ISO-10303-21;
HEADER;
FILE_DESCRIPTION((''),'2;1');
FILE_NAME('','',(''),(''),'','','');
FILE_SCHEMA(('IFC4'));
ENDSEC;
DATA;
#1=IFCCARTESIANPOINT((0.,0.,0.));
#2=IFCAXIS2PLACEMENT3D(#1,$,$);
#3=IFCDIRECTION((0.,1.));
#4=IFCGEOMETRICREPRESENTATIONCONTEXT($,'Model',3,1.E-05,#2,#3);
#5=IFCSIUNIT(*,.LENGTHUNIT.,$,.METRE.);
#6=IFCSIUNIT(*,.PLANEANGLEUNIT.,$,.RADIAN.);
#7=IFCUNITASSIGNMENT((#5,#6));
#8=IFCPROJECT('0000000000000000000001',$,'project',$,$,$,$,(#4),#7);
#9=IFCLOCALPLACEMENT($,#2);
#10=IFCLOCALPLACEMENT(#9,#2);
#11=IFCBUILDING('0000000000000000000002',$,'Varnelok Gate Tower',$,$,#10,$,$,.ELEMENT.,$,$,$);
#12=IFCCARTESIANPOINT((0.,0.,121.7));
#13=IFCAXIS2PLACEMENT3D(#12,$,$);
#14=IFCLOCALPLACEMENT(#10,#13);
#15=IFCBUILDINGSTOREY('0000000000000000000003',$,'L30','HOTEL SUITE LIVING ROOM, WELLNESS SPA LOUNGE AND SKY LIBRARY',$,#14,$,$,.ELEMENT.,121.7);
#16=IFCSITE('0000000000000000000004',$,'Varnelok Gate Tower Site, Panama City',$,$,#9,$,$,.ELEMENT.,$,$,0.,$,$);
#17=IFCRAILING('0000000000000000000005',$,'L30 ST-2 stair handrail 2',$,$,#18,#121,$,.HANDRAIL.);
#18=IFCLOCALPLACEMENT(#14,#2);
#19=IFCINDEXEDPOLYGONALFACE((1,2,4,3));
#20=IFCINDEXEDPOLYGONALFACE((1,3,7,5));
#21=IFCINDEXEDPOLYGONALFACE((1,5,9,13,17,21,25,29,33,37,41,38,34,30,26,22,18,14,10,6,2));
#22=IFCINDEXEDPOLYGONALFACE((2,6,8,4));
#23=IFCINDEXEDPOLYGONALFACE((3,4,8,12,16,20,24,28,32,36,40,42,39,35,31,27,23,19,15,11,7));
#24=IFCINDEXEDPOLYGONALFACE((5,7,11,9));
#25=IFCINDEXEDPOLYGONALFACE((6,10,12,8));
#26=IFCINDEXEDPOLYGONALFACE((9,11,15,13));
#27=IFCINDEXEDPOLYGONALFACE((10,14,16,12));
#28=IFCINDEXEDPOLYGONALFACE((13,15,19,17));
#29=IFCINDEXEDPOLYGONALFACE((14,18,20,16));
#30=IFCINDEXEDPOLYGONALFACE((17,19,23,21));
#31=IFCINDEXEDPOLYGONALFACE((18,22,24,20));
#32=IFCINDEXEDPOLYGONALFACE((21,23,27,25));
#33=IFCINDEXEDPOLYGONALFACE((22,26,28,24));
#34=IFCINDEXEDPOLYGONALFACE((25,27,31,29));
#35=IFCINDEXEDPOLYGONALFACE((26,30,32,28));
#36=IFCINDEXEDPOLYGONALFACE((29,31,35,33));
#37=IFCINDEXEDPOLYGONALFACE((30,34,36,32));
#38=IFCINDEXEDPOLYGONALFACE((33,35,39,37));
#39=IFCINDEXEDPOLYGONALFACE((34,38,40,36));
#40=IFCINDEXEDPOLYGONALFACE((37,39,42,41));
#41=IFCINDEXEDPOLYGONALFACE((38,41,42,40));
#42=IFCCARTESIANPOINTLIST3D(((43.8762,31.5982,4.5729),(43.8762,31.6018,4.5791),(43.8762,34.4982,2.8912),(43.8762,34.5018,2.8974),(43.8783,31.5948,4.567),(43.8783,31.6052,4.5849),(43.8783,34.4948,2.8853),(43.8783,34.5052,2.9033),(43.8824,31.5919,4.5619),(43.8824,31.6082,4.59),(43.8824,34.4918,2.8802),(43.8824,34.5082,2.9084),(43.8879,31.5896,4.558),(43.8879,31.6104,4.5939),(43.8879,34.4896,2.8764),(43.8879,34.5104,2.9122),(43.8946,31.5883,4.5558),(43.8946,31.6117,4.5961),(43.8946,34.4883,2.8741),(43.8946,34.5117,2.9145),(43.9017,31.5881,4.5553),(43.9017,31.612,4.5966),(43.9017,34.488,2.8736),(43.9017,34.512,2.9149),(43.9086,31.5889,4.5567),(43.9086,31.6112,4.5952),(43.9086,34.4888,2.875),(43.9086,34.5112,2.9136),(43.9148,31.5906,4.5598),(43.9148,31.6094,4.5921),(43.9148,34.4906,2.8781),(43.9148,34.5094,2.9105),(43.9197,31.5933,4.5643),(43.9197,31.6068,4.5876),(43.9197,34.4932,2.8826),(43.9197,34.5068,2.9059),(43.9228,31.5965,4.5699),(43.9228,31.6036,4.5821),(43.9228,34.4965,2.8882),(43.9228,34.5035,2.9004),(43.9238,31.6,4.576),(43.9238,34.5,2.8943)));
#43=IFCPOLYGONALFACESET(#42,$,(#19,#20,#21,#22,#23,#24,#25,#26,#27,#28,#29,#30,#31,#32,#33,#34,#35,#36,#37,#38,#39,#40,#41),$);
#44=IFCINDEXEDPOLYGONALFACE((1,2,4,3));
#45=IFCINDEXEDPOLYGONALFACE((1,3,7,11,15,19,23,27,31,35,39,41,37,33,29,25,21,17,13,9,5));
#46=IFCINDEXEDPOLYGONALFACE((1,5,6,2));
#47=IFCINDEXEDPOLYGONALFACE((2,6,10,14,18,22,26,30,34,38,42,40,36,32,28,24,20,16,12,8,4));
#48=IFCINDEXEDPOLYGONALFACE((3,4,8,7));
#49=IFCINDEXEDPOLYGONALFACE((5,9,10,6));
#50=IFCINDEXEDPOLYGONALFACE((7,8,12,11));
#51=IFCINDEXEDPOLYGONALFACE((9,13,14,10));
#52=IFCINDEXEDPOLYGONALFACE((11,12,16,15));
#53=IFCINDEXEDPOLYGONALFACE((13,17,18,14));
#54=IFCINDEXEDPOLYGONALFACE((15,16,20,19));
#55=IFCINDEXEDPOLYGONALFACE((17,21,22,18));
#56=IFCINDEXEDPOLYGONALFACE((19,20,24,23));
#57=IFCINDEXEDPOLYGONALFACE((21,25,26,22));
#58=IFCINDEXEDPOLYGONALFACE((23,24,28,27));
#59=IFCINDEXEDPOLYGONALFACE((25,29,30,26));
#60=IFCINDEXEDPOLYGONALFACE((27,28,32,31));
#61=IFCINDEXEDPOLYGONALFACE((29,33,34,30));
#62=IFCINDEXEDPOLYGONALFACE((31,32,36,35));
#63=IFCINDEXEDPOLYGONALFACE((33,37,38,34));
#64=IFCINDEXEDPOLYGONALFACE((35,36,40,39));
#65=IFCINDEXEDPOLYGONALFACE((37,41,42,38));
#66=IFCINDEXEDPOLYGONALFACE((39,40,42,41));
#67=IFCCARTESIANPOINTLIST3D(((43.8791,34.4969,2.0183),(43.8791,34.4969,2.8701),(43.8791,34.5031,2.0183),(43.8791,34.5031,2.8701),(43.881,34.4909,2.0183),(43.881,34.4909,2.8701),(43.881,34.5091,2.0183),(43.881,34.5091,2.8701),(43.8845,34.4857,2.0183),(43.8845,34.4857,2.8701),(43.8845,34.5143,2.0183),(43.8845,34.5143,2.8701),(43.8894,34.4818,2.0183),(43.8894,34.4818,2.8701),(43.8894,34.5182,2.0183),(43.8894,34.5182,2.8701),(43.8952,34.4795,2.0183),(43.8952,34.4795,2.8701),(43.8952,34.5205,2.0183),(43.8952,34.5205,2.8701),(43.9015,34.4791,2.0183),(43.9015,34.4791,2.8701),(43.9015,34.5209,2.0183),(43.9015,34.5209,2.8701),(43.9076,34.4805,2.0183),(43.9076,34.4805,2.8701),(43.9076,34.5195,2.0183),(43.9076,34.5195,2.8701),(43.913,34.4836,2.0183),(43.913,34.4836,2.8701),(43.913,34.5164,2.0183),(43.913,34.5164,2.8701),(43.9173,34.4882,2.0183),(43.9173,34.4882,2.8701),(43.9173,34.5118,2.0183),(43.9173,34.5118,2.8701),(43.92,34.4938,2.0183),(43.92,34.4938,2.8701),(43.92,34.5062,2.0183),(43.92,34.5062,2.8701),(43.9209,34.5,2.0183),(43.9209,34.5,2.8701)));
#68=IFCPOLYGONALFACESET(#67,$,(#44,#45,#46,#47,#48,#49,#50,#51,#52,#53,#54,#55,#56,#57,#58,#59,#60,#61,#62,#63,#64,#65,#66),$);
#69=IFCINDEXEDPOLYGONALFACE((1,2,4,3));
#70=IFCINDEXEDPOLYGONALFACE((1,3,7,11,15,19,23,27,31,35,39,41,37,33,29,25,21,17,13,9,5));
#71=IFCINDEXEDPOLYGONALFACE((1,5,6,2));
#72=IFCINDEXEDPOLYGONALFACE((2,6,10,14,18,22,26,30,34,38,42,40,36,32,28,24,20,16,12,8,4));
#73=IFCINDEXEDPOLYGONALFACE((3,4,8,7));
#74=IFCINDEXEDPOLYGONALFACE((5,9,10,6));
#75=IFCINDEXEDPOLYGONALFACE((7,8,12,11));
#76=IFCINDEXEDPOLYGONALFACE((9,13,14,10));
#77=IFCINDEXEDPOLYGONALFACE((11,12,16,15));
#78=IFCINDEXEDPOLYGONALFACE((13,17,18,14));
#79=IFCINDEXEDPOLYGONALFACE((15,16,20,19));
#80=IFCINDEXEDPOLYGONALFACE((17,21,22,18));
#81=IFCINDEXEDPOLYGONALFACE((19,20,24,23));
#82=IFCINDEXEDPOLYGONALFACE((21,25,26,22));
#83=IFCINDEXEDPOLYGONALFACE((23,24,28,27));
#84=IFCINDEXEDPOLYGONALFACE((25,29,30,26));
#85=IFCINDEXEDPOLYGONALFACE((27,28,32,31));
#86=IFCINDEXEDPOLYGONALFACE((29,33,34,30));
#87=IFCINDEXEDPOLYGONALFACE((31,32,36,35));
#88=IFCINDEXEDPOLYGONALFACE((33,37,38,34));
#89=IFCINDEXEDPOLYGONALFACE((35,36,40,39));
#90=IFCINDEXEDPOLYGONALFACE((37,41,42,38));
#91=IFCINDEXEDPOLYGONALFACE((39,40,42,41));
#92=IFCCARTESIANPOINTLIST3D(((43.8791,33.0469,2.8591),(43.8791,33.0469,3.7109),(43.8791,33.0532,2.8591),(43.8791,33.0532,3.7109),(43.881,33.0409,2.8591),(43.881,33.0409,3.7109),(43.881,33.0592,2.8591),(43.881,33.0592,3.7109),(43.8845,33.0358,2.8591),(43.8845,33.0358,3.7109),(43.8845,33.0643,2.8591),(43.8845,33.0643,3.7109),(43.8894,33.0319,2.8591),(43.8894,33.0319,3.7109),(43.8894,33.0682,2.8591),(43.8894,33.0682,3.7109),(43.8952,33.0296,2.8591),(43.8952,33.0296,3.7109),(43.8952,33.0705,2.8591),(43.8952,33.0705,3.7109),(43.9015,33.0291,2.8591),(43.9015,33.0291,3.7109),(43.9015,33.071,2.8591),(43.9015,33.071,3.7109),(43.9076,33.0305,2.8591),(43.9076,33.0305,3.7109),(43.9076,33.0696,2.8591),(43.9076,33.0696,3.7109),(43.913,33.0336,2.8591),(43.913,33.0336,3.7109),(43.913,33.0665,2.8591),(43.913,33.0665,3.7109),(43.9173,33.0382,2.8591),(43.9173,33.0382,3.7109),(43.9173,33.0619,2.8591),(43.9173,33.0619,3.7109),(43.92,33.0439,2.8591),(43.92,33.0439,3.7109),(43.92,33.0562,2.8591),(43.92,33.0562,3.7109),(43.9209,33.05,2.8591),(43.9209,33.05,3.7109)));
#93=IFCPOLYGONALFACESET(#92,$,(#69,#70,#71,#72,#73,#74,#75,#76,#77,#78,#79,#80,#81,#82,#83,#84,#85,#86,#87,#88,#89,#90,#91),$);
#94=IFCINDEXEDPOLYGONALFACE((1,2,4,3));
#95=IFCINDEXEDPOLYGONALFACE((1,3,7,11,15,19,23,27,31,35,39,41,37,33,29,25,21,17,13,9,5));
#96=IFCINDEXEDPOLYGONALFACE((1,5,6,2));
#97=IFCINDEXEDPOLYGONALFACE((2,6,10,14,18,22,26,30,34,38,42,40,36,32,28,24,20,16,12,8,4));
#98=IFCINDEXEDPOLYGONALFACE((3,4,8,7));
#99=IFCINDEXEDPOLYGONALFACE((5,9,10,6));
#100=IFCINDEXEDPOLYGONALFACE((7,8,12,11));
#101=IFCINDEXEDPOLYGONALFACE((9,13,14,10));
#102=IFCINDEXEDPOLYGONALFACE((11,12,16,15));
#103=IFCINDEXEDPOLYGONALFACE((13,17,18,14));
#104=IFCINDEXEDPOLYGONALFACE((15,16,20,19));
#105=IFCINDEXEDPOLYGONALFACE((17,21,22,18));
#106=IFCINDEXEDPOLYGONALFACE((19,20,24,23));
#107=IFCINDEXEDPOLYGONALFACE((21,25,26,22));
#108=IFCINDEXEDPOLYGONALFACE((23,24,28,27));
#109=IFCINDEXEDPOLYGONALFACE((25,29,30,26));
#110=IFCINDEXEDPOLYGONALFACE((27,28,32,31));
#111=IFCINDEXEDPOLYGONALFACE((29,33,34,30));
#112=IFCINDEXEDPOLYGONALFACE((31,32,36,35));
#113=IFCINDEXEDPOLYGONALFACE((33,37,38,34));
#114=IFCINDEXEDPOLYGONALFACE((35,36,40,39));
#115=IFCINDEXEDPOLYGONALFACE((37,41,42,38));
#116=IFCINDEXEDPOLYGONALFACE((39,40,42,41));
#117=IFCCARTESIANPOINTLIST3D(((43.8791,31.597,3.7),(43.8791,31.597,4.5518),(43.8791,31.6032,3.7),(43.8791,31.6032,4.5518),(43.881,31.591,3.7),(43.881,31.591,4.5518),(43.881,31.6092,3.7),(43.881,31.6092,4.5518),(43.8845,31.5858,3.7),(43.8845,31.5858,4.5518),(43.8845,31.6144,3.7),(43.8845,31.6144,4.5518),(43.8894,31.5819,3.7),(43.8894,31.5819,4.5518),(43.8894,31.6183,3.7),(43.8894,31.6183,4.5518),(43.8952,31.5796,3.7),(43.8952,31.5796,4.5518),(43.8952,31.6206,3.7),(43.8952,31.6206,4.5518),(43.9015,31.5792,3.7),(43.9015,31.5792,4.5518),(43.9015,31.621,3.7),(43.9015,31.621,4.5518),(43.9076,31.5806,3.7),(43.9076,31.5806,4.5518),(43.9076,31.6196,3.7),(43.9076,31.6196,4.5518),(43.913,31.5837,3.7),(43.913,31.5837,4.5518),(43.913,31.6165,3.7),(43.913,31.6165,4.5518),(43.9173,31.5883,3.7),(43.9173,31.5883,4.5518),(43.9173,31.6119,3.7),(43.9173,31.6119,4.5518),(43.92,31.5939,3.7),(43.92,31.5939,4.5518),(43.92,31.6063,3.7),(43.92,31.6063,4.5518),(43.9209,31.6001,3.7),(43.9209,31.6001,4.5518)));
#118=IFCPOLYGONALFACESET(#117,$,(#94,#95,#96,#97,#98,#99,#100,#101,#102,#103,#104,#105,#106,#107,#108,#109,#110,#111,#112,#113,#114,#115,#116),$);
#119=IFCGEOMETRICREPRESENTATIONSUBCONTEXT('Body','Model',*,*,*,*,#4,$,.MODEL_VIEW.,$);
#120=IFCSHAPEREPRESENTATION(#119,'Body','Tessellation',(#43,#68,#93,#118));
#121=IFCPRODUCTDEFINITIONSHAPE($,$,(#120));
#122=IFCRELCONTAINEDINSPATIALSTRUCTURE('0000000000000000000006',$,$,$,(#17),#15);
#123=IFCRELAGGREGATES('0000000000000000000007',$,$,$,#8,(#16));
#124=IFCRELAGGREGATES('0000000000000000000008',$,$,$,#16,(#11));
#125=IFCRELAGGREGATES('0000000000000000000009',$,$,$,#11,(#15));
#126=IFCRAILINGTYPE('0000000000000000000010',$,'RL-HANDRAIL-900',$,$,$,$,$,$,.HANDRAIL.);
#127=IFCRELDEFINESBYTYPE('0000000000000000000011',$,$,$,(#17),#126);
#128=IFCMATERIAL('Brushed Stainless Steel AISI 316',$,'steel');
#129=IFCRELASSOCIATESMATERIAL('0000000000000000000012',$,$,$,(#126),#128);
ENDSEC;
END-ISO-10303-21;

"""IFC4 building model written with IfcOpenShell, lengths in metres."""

from ifc_helpers import new_model, si_unit, direction, frame, origin, origin_2d, place, context, subcontext, project, spatial, circle, extrude, material, type_object, element, save


model = new_model("IFC4")

# Units and contexts
model_context = context("Model", 3, precision=1e-05, world=origin(), true_north=direction((0.0, 1.0)))
body_context = subcontext(model_context, "Body", "Model", "MODEL_VIEW")
ifc_project = project(units=[si_unit("LENGTHUNIT", "METRE"), si_unit("PLANEANGLEUNIT", "RADIAN")], contexts=[model_context])

# Site, building, storey
site_placement = place(None, origin())
site = spatial("IfcSite", under=ifc_project, at=site_placement, Name="Varnelok Gate Tower Site, Panama City", CompositionType="ELEMENT", RefElevation=0.0)
building_placement = place(site_placement, origin())
building = spatial("IfcBuilding", under=site, at=building_placement, Name="Varnelok Gate Tower", CompositionType="ELEMENT")
storey_placement = place(building_placement, frame((0.0, 0.0, 121.7)))
storey = spatial("IfcBuildingStorey", under=building, at=storey_placement, Name="L30", Description="HOTEL SUITE LIVING ROOM, WELLNESS SPA LOUNGE AND SKY LIBRARY", CompositionType="ELEMENT", Elevation=121.7)

# Railing
ifc_material_1 = material(Name="Brushed Stainless Steel AISI 316", Category="steel")
railing_type_1 = type_object("IfcRailingType", Name="RL-HANDRAIL-900", PredefinedType="HANDRAIL", material=ifc_material_1)
railing_1_placement = place(storey_placement, frame((43.8999, 34.5, 2.0183)))
element("IfcRailing", 1, at=railing_1_placement, inside=storey, type_object=railing_type_1, Name="L30 ST-2 stair handrail 2", PredefinedType="HANDRAIL", context=body_context, shape_type="SweptSolid", body=[
    extrude(circle(Radius=0.0239, at=origin_2d()), frame((0.0, 0.0, 0.876), z_axis=(0.0, -0.86507, 0.501651), x_axis=(1.0, 0.0, 0.0)), (0.0, 0.0, 1.0), 3.3523),
    extrude(circle(Radius=0.021, at=origin_2d()), origin(), (0.0, 0.0, 1.0), 0.8518),
    extrude(circle(Radius=0.021, at=origin_2d()), frame((0.0, -1.45, 0.8408)), (0.0, 0.0, 1.0), 0.8518),
    extrude(circle(Radius=0.021, at=origin_2d()), frame((0.0, -2.8999, 1.6816)), (0.0, 0.0, 1.0), 0.8518),
])

save(model, "model.ifc")
